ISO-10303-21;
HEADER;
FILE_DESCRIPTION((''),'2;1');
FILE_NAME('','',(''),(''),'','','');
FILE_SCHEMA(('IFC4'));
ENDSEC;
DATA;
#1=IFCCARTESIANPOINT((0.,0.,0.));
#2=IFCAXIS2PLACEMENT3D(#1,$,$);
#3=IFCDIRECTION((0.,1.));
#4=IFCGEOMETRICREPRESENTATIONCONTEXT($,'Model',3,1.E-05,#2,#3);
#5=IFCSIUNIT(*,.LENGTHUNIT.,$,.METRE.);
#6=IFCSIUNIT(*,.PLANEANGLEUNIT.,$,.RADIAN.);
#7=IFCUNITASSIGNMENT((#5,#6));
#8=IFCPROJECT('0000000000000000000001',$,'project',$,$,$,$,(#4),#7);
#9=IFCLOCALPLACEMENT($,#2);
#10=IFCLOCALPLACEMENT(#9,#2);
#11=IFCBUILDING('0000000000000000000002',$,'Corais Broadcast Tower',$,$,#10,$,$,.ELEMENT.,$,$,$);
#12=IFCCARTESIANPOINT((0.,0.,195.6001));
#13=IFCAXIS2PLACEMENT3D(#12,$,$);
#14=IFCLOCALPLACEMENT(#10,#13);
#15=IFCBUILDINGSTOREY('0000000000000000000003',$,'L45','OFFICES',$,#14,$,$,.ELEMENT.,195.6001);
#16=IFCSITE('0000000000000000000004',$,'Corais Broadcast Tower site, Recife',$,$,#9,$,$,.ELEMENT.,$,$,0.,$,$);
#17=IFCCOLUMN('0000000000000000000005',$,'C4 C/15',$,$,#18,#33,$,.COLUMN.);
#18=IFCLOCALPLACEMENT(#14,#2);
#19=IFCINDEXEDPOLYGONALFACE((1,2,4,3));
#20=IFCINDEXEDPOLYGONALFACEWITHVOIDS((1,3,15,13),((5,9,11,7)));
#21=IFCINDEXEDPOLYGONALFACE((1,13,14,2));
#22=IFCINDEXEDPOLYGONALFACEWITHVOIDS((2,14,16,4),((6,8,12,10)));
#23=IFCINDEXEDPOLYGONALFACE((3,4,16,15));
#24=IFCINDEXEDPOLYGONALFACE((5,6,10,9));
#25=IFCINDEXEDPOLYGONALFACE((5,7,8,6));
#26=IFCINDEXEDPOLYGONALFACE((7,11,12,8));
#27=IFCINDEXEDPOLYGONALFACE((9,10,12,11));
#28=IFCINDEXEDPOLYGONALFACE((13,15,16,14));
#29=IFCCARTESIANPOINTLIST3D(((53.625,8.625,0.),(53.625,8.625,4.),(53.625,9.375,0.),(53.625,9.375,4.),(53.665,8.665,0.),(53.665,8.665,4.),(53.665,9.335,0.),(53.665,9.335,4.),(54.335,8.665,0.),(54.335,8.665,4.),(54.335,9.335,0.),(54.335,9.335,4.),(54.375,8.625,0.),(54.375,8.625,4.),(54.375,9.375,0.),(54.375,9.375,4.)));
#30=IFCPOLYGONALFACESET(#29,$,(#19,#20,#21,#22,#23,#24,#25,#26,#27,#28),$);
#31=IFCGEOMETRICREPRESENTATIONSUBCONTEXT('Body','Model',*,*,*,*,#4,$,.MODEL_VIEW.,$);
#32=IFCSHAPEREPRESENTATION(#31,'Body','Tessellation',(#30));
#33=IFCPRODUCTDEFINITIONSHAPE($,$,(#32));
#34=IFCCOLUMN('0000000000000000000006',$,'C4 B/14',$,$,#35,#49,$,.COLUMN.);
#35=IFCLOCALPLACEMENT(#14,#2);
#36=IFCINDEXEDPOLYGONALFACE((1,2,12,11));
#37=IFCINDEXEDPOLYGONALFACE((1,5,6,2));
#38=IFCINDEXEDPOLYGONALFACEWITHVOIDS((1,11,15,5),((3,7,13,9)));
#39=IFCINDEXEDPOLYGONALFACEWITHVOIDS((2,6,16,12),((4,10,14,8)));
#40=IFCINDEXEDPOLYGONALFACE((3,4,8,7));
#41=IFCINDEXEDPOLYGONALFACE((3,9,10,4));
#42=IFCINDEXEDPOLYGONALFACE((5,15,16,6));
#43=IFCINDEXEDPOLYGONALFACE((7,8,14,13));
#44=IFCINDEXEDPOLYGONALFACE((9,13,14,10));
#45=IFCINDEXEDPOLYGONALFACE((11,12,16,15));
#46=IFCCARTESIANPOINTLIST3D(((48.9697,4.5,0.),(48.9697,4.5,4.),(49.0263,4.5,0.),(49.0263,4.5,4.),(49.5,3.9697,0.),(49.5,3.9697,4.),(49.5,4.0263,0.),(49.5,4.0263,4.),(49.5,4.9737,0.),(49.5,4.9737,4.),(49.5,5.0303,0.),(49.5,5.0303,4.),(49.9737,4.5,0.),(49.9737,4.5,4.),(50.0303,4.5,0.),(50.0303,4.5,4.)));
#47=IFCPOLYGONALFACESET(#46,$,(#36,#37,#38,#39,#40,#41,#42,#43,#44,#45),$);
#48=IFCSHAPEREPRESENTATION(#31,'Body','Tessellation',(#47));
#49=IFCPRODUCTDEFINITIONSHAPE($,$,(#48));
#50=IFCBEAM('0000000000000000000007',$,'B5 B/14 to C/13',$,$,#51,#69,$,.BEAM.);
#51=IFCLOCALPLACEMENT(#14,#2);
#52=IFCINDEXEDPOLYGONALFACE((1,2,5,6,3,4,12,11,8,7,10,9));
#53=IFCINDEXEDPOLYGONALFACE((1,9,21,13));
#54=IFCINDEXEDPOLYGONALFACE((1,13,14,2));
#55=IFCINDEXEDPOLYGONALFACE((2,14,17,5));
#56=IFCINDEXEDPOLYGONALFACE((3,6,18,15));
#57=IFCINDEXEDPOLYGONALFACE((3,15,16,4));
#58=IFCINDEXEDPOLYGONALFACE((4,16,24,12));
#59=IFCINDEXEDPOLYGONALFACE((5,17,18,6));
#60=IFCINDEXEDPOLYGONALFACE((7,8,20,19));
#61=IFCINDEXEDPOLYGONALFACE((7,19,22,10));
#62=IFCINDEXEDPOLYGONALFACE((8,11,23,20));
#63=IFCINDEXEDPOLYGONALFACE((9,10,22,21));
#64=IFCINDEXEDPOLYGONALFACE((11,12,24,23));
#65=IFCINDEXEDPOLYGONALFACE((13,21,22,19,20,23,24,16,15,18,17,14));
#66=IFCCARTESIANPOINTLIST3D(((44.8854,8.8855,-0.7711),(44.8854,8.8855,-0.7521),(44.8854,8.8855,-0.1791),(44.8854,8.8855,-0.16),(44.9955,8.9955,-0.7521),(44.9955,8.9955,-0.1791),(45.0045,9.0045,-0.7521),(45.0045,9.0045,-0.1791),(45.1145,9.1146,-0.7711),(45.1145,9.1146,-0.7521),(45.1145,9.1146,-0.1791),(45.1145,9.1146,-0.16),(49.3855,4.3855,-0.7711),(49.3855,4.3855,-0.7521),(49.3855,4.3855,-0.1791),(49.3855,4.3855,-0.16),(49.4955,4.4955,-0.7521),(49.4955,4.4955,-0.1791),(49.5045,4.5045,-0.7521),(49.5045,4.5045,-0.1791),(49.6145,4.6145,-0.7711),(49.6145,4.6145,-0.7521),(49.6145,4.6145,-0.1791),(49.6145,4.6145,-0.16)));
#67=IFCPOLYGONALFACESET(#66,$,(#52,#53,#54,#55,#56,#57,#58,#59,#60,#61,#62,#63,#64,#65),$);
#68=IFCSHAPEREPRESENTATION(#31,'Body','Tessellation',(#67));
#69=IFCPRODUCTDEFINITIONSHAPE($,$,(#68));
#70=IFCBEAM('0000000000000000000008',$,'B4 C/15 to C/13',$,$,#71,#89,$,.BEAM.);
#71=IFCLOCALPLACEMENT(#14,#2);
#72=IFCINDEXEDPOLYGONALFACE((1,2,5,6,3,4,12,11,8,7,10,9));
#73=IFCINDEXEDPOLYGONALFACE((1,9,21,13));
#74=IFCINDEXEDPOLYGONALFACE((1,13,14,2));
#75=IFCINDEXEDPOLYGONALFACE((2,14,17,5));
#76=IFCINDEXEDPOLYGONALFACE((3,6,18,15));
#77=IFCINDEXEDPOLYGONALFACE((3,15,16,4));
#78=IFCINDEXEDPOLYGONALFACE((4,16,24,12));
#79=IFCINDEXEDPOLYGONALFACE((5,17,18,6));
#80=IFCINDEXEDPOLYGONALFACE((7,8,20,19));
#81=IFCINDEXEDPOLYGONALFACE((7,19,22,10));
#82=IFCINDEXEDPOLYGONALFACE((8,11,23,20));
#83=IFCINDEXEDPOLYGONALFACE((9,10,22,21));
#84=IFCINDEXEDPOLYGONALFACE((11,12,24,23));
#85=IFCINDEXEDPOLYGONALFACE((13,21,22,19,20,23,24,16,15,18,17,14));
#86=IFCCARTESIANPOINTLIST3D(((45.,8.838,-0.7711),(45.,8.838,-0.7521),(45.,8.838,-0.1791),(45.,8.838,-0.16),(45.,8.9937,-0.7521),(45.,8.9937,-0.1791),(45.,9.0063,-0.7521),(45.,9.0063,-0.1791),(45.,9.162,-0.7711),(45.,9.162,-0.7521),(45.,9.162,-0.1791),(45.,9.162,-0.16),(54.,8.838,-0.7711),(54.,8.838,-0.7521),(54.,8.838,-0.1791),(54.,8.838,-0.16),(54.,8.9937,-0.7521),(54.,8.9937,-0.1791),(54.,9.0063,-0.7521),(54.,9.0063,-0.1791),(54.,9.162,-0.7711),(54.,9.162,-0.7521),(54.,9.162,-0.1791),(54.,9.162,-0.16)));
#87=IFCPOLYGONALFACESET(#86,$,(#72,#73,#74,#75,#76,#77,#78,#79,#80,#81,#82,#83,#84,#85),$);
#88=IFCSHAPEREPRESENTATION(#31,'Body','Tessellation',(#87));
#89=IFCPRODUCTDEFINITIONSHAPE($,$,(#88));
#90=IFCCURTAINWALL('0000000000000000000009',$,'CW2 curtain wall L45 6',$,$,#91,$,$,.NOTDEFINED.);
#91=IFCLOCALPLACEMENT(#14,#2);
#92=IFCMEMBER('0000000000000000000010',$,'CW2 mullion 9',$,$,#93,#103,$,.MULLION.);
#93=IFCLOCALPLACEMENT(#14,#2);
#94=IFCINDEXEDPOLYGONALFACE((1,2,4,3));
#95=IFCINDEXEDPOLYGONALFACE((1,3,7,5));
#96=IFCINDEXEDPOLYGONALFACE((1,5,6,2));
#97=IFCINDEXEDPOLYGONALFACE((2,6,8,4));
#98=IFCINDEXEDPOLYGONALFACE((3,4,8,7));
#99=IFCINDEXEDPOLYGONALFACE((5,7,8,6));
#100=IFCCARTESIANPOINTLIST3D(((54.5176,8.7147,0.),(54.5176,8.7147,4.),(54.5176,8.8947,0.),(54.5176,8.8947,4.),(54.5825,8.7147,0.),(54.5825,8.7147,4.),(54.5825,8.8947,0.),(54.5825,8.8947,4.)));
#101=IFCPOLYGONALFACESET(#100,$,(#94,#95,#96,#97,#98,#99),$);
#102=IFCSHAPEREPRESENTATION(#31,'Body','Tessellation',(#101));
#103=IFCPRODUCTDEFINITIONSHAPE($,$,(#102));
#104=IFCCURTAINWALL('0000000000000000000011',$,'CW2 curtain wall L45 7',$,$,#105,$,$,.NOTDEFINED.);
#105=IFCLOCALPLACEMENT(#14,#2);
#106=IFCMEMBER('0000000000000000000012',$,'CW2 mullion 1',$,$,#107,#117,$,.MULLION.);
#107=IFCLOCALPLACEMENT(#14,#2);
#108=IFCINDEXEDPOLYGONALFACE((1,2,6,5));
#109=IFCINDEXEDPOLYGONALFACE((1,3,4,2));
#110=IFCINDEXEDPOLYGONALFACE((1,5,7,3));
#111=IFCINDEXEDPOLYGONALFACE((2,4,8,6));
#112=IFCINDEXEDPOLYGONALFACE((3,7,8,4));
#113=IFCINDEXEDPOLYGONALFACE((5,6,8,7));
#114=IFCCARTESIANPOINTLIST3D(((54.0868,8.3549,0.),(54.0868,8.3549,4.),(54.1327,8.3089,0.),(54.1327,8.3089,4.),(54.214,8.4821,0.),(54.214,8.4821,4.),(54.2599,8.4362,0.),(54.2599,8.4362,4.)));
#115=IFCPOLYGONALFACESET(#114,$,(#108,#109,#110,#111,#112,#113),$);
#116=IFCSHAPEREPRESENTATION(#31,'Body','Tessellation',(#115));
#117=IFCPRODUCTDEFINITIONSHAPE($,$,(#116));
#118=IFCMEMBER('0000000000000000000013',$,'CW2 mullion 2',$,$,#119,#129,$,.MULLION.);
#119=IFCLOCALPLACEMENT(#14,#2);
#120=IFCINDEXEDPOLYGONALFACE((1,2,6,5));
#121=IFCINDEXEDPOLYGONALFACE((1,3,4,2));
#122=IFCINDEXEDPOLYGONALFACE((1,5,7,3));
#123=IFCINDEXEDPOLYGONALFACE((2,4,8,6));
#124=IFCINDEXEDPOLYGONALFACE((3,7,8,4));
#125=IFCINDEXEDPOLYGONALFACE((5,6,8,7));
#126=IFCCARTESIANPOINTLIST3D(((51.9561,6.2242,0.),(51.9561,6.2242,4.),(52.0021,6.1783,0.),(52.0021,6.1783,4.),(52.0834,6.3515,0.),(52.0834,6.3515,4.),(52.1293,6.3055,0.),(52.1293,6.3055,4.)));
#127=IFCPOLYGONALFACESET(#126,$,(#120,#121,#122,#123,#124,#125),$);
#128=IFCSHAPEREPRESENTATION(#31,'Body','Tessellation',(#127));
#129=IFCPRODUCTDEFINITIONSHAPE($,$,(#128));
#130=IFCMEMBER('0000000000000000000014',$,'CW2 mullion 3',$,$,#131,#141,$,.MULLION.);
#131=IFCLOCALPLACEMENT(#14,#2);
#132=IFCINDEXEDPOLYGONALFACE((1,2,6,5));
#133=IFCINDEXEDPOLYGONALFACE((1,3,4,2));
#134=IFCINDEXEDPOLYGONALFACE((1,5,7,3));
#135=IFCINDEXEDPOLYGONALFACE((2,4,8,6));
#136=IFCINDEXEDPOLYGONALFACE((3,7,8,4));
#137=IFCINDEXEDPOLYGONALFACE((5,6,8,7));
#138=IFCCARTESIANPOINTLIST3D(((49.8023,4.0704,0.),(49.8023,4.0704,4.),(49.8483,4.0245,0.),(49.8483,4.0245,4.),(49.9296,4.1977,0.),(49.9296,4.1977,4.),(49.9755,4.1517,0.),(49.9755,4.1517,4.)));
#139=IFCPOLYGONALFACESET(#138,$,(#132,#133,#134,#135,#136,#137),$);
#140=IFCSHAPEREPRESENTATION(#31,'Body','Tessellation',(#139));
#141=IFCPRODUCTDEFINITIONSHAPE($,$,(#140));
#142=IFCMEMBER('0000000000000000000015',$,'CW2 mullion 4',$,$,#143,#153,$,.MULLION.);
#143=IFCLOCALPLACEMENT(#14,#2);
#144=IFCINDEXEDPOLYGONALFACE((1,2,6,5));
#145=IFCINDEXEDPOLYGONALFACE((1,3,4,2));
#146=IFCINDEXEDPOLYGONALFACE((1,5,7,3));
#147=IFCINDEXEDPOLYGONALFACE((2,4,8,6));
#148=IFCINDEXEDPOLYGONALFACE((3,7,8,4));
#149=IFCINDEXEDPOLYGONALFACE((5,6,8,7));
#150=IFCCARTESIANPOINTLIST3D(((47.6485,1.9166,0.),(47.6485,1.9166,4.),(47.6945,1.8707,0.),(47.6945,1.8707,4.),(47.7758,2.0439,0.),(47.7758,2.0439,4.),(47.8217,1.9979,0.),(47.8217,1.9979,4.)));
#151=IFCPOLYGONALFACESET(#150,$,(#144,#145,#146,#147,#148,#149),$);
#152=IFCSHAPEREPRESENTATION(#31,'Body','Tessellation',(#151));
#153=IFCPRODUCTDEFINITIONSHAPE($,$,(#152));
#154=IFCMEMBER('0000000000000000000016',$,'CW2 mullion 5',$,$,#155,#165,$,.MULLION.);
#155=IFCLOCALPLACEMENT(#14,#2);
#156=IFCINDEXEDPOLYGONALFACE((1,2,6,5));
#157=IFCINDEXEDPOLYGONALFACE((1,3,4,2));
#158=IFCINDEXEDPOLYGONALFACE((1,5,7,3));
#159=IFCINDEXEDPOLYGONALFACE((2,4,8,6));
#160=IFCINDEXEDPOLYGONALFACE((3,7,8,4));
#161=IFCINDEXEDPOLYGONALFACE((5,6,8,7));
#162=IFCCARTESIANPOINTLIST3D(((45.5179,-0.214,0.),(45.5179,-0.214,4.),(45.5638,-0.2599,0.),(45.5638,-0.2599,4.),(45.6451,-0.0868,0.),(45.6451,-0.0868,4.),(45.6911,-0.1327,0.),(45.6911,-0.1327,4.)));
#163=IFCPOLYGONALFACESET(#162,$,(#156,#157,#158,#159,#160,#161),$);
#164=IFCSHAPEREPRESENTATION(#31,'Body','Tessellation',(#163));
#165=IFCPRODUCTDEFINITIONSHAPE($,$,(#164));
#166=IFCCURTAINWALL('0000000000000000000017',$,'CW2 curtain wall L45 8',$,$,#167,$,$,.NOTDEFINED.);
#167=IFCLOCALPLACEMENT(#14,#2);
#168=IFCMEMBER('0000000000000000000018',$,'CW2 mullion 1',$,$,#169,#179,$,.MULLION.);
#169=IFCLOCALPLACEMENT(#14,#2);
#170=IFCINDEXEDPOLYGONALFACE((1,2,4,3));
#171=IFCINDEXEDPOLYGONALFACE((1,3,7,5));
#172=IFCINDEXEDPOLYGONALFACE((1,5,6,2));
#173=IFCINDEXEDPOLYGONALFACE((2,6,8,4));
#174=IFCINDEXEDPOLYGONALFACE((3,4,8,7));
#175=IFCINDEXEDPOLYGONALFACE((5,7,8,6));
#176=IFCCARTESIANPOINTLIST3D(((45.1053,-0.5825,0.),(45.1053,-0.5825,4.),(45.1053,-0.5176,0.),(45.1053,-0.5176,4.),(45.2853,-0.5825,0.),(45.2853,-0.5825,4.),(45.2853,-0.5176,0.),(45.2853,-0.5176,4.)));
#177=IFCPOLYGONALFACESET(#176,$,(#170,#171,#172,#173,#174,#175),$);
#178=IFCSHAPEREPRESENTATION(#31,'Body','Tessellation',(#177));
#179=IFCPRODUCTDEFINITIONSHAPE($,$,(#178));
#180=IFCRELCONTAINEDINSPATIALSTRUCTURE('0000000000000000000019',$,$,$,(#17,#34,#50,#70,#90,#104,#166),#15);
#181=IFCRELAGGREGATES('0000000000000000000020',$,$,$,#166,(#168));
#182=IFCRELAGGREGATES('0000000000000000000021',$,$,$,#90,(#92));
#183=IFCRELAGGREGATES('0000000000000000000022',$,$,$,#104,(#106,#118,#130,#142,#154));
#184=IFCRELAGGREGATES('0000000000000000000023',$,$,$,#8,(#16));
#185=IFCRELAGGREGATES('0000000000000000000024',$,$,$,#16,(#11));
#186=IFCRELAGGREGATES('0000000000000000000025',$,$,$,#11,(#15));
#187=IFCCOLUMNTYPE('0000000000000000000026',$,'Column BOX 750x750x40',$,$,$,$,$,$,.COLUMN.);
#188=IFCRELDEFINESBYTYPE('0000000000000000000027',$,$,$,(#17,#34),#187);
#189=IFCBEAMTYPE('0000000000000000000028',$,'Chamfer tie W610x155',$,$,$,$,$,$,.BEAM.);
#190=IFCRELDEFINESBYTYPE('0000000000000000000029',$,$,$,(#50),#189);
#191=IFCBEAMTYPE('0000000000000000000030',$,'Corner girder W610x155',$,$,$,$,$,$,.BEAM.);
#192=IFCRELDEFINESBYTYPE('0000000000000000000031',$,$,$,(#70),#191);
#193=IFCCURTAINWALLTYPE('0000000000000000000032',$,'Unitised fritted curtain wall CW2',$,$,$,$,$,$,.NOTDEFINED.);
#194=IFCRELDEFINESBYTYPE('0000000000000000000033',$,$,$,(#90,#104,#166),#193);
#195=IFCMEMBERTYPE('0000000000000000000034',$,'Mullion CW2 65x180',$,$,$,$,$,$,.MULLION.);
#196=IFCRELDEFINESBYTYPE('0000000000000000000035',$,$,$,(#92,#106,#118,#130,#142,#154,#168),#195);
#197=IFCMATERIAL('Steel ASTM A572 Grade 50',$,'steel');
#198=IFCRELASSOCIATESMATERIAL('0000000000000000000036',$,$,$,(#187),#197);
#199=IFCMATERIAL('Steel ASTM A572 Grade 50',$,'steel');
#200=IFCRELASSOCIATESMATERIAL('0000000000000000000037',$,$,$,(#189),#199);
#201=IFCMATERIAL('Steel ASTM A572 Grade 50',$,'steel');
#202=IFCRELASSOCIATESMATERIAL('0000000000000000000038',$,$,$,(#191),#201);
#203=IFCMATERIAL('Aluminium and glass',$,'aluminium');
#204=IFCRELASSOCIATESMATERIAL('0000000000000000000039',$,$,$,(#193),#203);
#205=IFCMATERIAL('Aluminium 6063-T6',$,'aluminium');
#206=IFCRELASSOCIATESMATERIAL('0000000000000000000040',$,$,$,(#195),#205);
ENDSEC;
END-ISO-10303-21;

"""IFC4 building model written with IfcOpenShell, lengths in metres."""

from ifc_helpers import new_model, si_unit, direction, frame, origin, origin_2d, place, context, subcontext, project, spatial, rectangle, hollow_rectangle, i_section, extrude, material, material_profile, profile_set, type_object, element, aggregate, save


model = new_model("IFC4")

# Units and contexts
model_context = context("Model", 3, precision=1e-05, world=origin(), true_north=direction((0.0, 1.0)))
body_context = subcontext(model_context, "Body", "Model", "MODEL_VIEW")
ifc_project = project(units=[si_unit("LENGTHUNIT", "METRE"), si_unit("PLANEANGLEUNIT", "RADIAN")], contexts=[model_context])

# Site, building, storey
site_placement = place(None, origin())
site = spatial("IfcSite", under=ifc_project, at=site_placement, Name="Corais Broadcast Tower site, Recife", CompositionType="ELEMENT", RefElevation=0.0)
building_placement = place(site_placement, origin())
building = spatial("IfcBuilding", under=site, at=building_placement, Name="Corais Broadcast Tower", CompositionType="ELEMENT")
storey_placement = place(building_placement, frame((0.0, 0.0, 195.6001)))
storey = spatial("IfcBuildingStorey", under=building, at=storey_placement, Name="L45", Description="OFFICES", CompositionType="ELEMENT", Elevation=195.6001)

# Columns
ifc_material_1 = material(Name="Steel ASTM A572 Grade 50", Category="steel")
ifc_material_profile_1 = material_profile(ifc_material_1, hollow_rectangle(XDim=0.75, YDim=0.75, WallThickness=0.04, at=origin_2d()), Name="BOX 750x750x40")
ifc_profile_set_1 = profile_set([ifc_material_profile_1], Name="Steel ASTM A572 Grade 50")
column_type = type_object("IfcColumnType", Name="Column BOX 750x750x40", PredefinedType="COLUMN", material=ifc_profile_set_1)
for number, where, z_axis, x_axis, name in (
    (1, (54.0, 9.0, 0.0), (0.0, 0.0, 1.0), (1.0, 0.0, 0.0), "C4 C/15"),
    (2, (49.5, 4.5, 0.0), (0.0, 0.0, 1.0), (0.707107, 0.707107, 0.0), "C4 B/14"),
):
    element("IfcColumn", number, at=place(storey_placement, frame(where, z_axis=z_axis, x_axis=x_axis)), inside=storey, type_object=column_type, Name=name, PredefinedType="COLUMN", context=body_context, shape_type="SweptSolid", body=[
        extrude(hollow_rectangle(XDim=0.75, YDim=0.75, WallThickness=0.04, at=origin_2d()), origin(), (0.0, 0.0, 1.0), 4.0),
    ])

# Beams
ifc_material_2 = material(Name="Steel ASTM A572 Grade 50", Category="steel")
ifc_material_profile_2 = material_profile(ifc_material_2, i_section(OverallWidth=0.324, OverallDepth=0.6111, WebThickness=0.0127, FlangeThickness=0.019, at=origin_2d()), Name="W610x155")
ifc_profile_set_2 = profile_set([ifc_material_profile_2], Name="Steel ASTM A572 Grade 50")
beam_type_1 = type_object("IfcBeamType", Name="Chamfer tie W610x155", PredefinedType="BEAM", material=ifc_profile_set_2)
beam_1_placement = place(storey_placement, frame((49.5, 4.5, -0.4656), z_axis=(-0.707107, 0.707107, 0.0), x_axis=(-0.707107, -0.707107, 0.0)))
element("IfcBeam", 3, at=beam_1_placement, inside=storey, type_object=beam_type_1, Name="B5 B/14 to C/13", PredefinedType="BEAM", context=body_context, shape_type="SweptSolid", body=[
    extrude(i_section(OverallWidth=0.324, OverallDepth=0.6111, WebThickness=0.0127, FlangeThickness=0.019, at=origin_2d()), origin(), (0.0, 0.0, 1.0), 6.364),
])
ifc_material_3 = material(Name="Steel ASTM A572 Grade 50", Category="steel")
ifc_material_profile_3 = material_profile(ifc_material_3, i_section(OverallWidth=0.324, OverallDepth=0.6111, WebThickness=0.0127, FlangeThickness=0.019, at=origin_2d()), Name="W610x155")
ifc_profile_set_3 = profile_set([ifc_material_profile_3], Name="Steel ASTM A572 Grade 50")
beam_type_2 = type_object("IfcBeamType", Name="Corner girder W610x155", PredefinedType="BEAM", material=ifc_profile_set_3)
beam_2_placement = place(storey_placement, frame((54.0, 9.0, -0.4656), z_axis=(-1.0, 0.0, 0.0), x_axis=(0.0, -1.0, 0.0)))
element("IfcBeam", 4, at=beam_2_placement, inside=storey, type_object=beam_type_2, Name="B4 C/15 to C/13", PredefinedType="BEAM", context=body_context, shape_type="SweptSolid", body=[
    extrude(i_section(OverallWidth=0.324, OverallDepth=0.6111, WebThickness=0.0127, FlangeThickness=0.019, at=origin_2d()), origin(), (0.0, 0.0, 1.0), 9.0),
])

# Curtain wall, member
ifc_material_4 = material(Name="Aluminium and glass", Category="aluminium")
curtain_wall_type = type_object("IfcCurtainWallType", Name="Unitised fritted curtain wall CW2", PredefinedType="NOTDEFINED", material=ifc_material_4)
curtain_wall_1_placement = place(storey_placement, origin())
curtain_wall_1 = element("IfcCurtainWall", 5, at=curtain_wall_1_placement, inside=storey, type_object=curtain_wall_type, Name="CW2 curtain wall L45 6", PredefinedType="NOTDEFINED")
ifc_material_5 = material(Name="Aluminium 6063-T6", Category="aluminium")
ifc_material_profile_4 = material_profile(ifc_material_5, rectangle(XDim=0.0649, YDim=0.1799, at=origin_2d()), Name="Mullion CW2 65x180")
ifc_profile_set_4 = profile_set([ifc_material_profile_4], Name="Aluminium 6063-T6")
member_type_1 = type_object("IfcMemberType", Name="Mullion CW2 65x180", PredefinedType="MULLION", material=ifc_profile_set_4)
member_1_placement = place(storey_placement, frame((54.55, 8.8047, 0.0), z_axis=(0.0, 0.0, 1.0), x_axis=(1.0, 0.0, 0.0)))
member_1 = element("IfcMember", 6, at=member_1_placement, type_object=member_type_1, Name="CW2 mullion 9", PredefinedType="MULLION", context=body_context, shape_type="SweptSolid", body=[
    extrude(rectangle(XDim=0.0649, YDim=0.1799, at=origin_2d()), origin(), (0.0, 0.0, 1.0), 4.0),
])

# Curtain wall, members
curtain_wall_2_placement = place(storey_placement, origin())
curtain_wall_2 = element("IfcCurtainWall", 7, at=curtain_wall_2_placement, inside=storey, type_object=curtain_wall_type, Name="CW2 curtain wall L45 7", PredefinedType="NOTDEFINED")
member_2_placement = place(storey_placement, frame((54.1733, 8.3955, 0.0), z_axis=(0.0, 0.0, 1.0), x_axis=(0.707107, -0.707107, 0.0)))
member_2 = element("IfcMember", 8, at=member_2_placement, type_object=member_type_1, Name="CW2 mullion 1", PredefinedType="MULLION", context=body_context, shape_type="SweptSolid", body=[
    extrude(rectangle(XDim=0.0649, YDim=0.1799, at=origin_2d()), origin(), (0.0, 0.0, 1.0), 4.0),
])
member_3_placement = place(storey_placement, frame((52.0427, 6.2649, 0.0), z_axis=(0.0, 0.0, 1.0), x_axis=(0.707107, -0.707107, 0.0)))
member_3 = element("IfcMember", 9, at=member_3_placement, type_object=member_type_1, Name="CW2 mullion 2", PredefinedType="MULLION", context=body_context, shape_type="SweptSolid", body=[
    extrude(rectangle(XDim=0.0649, YDim=0.1799, at=origin_2d()), origin(), (0.0, 0.0, 1.0), 4.0),
])
member_4_placement = place(storey_placement, frame((49.8889, 4.1111, 0.0), z_axis=(0.0, 0.0, 1.0), x_axis=(0.707107, -0.707107, 0.0)))
member_4 = element("IfcMember", 10, at=member_4_placement, type_object=member_type_1, Name="CW2 mullion 3", PredefinedType="MULLION", context=body_context, shape_type="SweptSolid", body=[
    extrude(rectangle(XDim=0.0649, YDim=0.1799, at=origin_2d()), origin(), (0.0, 0.0, 1.0), 4.0),
])
member_5_placement = place(storey_placement, frame((47.7351, 1.9573, 0.0), z_axis=(0.0, 0.0, 1.0), x_axis=(0.707107, -0.707107, 0.0)))
member_5 = element("IfcMember", 11, at=member_5_placement, type_object=member_type_1, Name="CW2 mullion 4", PredefinedType="MULLION", context=body_context, shape_type="SweptSolid", body=[
    extrude(rectangle(XDim=0.0649, YDim=0.1799, at=origin_2d()), origin(), (0.0, 0.0, 1.0), 4.0),
])
member_6_placement = place(storey_placement, frame((45.6045, -0.1733, 0.0), z_axis=(0.0, 0.0, 1.0), x_axis=(0.707107, -0.707107, 0.0)))
member_6 = element("IfcMember", 12, at=member_6_placement, type_object=member_type_1, Name="CW2 mullion 5", PredefinedType="MULLION", context=body_context, shape_type="SweptSolid", body=[
    extrude(rectangle(XDim=0.0649, YDim=0.1799, at=origin_2d()), origin(), (0.0, 0.0, 1.0), 4.0),
])

# Curtain wall, member
curtain_wall_3_placement = place(storey_placement, origin())
curtain_wall_3 = element("IfcCurtainWall", 13, at=curtain_wall_3_placement, inside=storey, type_object=curtain_wall_type, Name="CW2 curtain wall L45 8", PredefinedType="NOTDEFINED")
member_7_placement = place(storey_placement, frame((45.1953, -0.55, 0.0), z_axis=(0.0, 0.0, 1.0), x_axis=(0.0, -1.0, 0.0)))
member_7 = element("IfcMember", 14, at=member_7_placement, type_object=member_type_1, Name="CW2 mullion 1", PredefinedType="MULLION", context=body_context, shape_type="SweptSolid", body=[
    extrude(rectangle(XDim=0.0649, YDim=0.1799, at=origin_2d()), origin(), (0.0, 0.0, 1.0), 4.0),
])
aggregate(curtain_wall_3, [member_7])

aggregate(curtain_wall_1, [member_1])
aggregate(curtain_wall_2, [member_2, member_3, member_4, member_5, member_6])

save(model, "model.ifc")
